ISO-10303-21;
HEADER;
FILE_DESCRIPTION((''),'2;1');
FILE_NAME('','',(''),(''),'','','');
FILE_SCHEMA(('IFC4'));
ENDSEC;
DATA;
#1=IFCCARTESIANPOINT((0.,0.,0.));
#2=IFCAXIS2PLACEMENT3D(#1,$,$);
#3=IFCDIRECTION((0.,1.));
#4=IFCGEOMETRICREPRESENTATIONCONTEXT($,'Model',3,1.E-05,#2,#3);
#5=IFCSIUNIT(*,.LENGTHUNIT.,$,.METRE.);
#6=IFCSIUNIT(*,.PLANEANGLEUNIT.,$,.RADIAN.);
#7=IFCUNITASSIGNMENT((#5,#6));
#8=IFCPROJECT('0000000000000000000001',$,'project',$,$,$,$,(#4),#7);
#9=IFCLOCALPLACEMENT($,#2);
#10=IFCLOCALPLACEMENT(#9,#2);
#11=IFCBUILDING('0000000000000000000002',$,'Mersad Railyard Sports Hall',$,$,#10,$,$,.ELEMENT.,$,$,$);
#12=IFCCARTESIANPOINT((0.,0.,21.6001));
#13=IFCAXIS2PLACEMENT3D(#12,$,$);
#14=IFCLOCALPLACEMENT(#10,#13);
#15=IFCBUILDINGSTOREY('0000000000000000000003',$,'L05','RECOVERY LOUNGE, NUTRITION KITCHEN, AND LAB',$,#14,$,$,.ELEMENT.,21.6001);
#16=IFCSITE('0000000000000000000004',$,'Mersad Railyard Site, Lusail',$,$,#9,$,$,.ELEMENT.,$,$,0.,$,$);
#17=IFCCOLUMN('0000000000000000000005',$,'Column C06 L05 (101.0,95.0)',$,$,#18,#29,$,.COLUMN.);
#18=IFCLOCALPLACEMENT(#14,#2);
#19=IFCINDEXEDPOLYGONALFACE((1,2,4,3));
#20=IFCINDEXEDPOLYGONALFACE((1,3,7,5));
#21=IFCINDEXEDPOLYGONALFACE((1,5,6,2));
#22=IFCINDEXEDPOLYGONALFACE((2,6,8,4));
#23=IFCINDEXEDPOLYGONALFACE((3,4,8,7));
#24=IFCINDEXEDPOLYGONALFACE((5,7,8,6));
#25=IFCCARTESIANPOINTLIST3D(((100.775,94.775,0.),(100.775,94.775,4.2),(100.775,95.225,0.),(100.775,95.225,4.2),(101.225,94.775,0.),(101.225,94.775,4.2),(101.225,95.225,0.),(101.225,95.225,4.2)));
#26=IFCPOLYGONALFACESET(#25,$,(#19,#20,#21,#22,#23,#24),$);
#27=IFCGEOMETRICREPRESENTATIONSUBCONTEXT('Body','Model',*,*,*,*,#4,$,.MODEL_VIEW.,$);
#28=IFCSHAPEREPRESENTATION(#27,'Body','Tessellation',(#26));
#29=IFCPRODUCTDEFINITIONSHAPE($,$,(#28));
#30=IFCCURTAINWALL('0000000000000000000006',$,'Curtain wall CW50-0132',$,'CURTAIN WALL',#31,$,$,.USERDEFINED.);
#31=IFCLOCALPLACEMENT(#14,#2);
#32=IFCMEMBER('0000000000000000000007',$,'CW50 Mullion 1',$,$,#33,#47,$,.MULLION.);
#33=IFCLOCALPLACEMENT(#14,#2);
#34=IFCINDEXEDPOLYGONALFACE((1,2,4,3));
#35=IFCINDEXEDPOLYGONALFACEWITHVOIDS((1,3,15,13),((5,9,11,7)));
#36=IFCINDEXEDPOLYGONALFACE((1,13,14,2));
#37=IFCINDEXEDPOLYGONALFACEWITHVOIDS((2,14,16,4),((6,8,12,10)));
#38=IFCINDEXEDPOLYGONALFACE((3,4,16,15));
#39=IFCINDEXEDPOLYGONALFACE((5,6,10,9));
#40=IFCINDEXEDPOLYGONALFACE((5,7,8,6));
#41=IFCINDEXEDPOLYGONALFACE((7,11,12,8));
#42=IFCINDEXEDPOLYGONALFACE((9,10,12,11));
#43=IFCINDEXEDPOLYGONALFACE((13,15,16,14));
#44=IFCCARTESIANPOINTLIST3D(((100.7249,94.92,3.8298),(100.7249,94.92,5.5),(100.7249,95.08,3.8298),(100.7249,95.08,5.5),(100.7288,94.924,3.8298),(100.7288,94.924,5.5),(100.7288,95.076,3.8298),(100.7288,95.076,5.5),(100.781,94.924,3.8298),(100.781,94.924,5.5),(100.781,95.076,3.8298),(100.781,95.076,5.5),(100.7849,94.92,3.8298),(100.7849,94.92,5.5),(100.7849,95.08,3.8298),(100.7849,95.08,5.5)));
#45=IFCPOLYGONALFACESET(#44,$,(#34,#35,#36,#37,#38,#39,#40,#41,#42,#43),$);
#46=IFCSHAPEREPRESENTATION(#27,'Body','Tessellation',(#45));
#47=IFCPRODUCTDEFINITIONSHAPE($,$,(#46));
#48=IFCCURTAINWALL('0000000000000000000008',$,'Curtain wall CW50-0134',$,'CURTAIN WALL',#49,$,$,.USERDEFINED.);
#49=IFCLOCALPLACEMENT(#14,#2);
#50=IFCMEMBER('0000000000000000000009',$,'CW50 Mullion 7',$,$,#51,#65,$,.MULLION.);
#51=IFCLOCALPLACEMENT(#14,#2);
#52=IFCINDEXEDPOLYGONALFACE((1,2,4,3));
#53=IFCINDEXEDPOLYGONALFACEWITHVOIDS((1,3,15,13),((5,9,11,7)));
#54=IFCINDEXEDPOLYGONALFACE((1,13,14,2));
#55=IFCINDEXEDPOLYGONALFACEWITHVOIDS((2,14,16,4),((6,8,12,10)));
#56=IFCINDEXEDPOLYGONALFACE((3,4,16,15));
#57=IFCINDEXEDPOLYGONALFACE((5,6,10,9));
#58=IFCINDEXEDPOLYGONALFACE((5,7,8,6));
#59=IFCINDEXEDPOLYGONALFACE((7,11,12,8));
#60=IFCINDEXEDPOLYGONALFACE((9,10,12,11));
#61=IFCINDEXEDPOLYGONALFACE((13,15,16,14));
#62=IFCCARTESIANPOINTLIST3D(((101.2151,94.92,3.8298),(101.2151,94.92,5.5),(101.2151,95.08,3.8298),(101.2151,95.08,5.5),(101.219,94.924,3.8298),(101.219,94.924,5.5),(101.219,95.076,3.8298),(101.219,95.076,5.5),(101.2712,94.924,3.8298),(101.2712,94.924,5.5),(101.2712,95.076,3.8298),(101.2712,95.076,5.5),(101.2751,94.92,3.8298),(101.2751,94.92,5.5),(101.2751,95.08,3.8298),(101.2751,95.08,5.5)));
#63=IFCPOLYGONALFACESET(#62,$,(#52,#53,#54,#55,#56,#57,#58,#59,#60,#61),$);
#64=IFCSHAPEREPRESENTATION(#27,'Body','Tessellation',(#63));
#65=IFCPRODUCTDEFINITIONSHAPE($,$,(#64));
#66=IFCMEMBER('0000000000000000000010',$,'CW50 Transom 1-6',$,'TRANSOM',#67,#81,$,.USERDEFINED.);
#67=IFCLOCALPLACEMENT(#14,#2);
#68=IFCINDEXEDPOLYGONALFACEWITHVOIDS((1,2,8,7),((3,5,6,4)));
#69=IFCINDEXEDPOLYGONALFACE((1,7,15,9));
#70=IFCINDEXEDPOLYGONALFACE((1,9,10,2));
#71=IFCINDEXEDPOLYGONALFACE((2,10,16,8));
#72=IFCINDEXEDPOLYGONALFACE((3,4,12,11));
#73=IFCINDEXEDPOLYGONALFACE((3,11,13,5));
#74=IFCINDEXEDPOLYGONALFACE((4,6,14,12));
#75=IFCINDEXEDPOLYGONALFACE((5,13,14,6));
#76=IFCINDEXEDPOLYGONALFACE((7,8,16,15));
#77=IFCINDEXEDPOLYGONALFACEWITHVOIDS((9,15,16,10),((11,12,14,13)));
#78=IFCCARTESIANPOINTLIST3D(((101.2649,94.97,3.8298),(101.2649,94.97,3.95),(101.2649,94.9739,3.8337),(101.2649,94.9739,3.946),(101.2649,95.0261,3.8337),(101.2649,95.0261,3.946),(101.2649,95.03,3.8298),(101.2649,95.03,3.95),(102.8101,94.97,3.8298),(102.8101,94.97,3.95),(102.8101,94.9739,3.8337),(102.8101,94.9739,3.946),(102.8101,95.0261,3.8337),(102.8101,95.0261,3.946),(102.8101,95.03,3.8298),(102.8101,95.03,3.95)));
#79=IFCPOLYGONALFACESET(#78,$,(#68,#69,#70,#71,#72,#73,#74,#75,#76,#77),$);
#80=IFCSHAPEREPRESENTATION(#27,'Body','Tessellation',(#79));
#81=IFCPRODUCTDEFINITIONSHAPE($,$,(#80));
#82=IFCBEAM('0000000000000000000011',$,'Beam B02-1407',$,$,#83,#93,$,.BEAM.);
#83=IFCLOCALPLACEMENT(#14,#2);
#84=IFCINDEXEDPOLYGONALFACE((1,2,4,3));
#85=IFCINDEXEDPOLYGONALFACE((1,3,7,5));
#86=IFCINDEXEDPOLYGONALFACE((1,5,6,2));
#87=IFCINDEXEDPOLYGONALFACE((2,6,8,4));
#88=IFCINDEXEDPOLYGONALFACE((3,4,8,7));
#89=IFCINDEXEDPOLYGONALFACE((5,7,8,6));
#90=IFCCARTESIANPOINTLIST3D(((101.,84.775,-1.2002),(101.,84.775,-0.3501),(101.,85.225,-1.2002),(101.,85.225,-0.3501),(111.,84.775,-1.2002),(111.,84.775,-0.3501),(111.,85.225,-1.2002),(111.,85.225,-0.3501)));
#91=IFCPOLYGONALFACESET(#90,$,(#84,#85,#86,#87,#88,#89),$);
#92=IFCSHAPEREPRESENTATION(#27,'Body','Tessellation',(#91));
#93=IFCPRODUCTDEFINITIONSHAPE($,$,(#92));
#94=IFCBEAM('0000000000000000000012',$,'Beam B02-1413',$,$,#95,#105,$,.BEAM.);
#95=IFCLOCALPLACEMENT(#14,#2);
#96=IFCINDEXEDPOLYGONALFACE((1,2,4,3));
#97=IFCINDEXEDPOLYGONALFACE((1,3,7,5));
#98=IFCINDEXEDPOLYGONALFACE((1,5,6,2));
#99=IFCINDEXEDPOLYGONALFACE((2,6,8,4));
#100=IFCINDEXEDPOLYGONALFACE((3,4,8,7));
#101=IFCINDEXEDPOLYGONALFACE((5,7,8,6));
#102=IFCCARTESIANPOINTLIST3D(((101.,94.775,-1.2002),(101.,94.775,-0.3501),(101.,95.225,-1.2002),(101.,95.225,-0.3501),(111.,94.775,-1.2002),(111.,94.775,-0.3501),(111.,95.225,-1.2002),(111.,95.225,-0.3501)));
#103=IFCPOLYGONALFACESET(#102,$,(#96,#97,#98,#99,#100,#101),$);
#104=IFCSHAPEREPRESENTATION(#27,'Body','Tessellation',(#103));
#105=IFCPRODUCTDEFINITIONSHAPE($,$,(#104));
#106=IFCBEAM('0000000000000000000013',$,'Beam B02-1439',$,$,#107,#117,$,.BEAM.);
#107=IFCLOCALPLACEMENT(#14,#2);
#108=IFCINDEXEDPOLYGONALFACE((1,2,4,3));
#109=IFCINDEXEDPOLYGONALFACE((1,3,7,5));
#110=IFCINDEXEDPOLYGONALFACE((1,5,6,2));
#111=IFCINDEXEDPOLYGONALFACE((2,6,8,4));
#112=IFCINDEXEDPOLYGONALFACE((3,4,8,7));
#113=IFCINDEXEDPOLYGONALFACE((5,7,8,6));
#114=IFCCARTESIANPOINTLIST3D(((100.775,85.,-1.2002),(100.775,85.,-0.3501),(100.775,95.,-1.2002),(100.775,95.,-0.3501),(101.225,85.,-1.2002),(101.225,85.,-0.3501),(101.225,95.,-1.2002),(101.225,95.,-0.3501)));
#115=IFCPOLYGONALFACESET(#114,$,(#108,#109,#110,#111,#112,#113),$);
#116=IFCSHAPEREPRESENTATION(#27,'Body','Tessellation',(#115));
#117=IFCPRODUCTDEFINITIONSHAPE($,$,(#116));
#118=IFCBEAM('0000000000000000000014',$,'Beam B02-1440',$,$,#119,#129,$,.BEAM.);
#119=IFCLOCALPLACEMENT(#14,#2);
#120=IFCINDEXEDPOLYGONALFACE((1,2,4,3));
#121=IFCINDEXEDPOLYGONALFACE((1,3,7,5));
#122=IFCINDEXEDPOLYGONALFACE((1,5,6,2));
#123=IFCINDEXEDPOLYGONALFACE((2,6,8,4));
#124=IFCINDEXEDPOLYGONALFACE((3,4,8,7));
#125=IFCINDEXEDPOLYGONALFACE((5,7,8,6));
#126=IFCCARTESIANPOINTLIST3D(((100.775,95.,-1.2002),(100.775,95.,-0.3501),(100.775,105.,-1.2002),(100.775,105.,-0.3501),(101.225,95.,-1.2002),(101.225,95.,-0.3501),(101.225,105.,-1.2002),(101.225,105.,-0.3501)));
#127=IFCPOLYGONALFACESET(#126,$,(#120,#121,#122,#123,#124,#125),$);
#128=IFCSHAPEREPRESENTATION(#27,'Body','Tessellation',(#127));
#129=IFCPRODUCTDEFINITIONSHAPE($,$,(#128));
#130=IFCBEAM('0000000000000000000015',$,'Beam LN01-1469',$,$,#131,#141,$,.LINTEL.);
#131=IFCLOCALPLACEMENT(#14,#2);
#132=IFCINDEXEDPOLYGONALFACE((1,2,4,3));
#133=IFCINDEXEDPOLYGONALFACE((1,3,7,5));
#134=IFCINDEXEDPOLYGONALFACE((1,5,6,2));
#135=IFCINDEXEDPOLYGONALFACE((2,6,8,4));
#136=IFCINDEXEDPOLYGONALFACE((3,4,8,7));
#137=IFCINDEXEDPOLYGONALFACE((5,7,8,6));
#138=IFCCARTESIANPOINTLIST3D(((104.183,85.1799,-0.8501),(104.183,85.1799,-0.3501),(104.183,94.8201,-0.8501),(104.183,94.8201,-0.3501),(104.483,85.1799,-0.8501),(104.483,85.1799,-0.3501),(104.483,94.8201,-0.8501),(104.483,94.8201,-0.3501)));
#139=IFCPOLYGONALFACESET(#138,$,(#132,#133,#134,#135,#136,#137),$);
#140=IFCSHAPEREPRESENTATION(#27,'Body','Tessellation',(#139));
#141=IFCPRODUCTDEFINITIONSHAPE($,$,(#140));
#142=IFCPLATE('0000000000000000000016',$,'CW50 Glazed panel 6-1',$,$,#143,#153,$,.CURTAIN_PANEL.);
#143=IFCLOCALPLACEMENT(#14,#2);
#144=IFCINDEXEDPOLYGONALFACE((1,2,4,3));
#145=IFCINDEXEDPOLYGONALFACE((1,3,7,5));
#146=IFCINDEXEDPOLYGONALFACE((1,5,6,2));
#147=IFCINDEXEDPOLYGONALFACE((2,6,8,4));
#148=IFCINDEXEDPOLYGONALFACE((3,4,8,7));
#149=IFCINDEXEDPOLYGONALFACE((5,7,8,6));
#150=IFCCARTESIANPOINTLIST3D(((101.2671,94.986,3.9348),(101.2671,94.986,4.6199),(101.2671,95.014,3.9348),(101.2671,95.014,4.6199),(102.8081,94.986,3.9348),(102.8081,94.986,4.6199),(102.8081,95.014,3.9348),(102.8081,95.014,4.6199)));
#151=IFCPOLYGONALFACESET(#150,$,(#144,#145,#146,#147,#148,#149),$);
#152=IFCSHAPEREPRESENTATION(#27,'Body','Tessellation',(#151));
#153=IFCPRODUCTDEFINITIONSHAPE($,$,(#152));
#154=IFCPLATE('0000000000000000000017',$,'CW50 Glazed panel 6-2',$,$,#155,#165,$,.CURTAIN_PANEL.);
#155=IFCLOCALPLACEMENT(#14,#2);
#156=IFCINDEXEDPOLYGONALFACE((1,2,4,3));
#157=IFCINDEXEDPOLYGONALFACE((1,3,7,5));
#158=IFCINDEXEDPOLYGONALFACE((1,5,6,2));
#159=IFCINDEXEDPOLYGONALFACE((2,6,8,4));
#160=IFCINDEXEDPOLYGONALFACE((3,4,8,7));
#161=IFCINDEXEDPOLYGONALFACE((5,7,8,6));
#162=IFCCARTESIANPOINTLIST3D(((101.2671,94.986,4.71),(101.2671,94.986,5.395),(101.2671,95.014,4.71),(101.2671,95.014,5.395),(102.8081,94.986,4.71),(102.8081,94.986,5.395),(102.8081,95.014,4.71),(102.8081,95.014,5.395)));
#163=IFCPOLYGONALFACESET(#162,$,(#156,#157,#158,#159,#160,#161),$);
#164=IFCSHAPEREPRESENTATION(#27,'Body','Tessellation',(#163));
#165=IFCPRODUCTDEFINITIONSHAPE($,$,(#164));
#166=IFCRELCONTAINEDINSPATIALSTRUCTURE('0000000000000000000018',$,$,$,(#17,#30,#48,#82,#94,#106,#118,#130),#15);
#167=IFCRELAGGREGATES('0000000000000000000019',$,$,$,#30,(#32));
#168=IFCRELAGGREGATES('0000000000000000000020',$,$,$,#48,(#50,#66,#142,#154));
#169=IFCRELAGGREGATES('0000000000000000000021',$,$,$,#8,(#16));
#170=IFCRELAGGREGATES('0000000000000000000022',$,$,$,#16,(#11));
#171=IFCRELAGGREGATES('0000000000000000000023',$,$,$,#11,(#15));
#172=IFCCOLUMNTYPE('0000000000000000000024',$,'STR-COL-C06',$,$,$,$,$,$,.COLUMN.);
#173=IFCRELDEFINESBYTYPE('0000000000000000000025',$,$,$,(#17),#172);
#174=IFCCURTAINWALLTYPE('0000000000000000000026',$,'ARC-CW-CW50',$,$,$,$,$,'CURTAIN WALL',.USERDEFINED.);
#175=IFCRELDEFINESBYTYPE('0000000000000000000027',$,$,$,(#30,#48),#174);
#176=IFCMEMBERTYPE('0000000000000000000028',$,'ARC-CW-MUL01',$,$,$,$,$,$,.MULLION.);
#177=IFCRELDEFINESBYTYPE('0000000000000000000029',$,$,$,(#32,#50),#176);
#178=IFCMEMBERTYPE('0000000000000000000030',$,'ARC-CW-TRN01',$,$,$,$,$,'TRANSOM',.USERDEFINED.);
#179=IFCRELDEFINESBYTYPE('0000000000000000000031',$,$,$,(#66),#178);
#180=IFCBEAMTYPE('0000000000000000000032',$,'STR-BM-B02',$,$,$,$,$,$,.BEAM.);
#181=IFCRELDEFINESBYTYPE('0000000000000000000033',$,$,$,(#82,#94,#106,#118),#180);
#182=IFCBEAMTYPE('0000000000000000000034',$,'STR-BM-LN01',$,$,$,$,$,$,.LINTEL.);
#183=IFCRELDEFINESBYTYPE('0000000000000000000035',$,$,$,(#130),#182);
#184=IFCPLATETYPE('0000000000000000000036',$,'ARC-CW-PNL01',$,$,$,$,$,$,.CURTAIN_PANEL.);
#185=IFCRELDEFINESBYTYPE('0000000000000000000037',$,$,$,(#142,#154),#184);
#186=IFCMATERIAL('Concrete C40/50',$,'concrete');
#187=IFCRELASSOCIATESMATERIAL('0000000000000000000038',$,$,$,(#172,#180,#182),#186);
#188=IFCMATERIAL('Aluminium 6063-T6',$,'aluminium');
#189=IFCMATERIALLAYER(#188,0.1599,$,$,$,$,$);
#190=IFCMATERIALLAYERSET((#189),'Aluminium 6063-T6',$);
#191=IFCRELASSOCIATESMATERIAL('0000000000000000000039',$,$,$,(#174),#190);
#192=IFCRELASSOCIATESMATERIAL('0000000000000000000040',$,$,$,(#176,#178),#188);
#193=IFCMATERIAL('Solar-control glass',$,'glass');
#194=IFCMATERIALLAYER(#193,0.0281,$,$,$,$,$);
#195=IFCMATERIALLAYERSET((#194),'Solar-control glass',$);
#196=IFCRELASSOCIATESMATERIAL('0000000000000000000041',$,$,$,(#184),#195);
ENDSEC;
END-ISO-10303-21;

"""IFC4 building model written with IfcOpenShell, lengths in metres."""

from ifc_helpers import new_model, si_unit, direction, frame, origin, origin_2d, place, context, subcontext, project, spatial, rectangle, hollow_rectangle, extrude, material, layer, layer_set, material_profile, profile_set, type_object, element, aggregate, save


model = new_model("IFC4")

# Units and contexts
model_context = context("Model", 3, precision=1e-05, world=origin(), true_north=direction((0.0, 1.0)))
body_context = subcontext(model_context, "Body", "Model", "MODEL_VIEW")
ifc_project = project(units=[si_unit("LENGTHUNIT", "METRE"), si_unit("PLANEANGLEUNIT", "RADIAN")], contexts=[model_context])

# Site, building, storey
site_placement = place(None, origin())
site = spatial("IfcSite", under=ifc_project, at=site_placement, Name="Mersad Railyard Site, Lusail", CompositionType="ELEMENT", RefElevation=0.0)
building_placement = place(site_placement, origin())
building = spatial("IfcBuilding", under=site, at=building_placement, Name="Mersad Railyard Sports Hall", CompositionType="ELEMENT")
storey_placement = place(building_placement, frame((0.0, 0.0, 21.6001)))
storey = spatial("IfcBuildingStorey", under=building, at=storey_placement, Name="L05", Description="RECOVERY LOUNGE, NUTRITION KITCHEN, AND LAB", CompositionType="ELEMENT", Elevation=21.6001)

# Column
ifc_material_1 = material(Name="Concrete C40/50", Category="concrete")
ifc_material_profile_1 = material_profile(ifc_material_1, rectangle(XDim=0.45, YDim=0.45, at=origin_2d()), Name="RC 450x450")
ifc_profile_set_1 = profile_set([ifc_material_profile_1], Name="Concrete C40/50")
column_type = type_object("IfcColumnType", Name="STR-COL-C06", PredefinedType="COLUMN", material=ifc_profile_set_1)
column_placement = place(storey_placement, frame((101.0, 95.0, 0.0), z_axis=(0.0, 0.0, 1.0), x_axis=(1.0, 0.0, 0.0)))
element("IfcColumn", 1, at=column_placement, inside=storey, type_object=column_type, Name="Column C06 L05 (101.0,95.0)", PredefinedType="COLUMN", context=body_context, shape_type="SweptSolid", body=[
    extrude(rectangle(XDim=0.45, YDim=0.45, at=origin_2d()), origin(), (0.0, 0.0, 1.0), 4.2),
])

# Curtain wall, member
ifc_material_2 = material(Name="Aluminium 6063-T6", Category="aluminium")
ifc_layer_1 = layer(ifc_material_2, 0.1599)
ifc_layer_set_1 = layer_set([ifc_layer_1], Name="Aluminium 6063-T6")
curtain_wall_type = type_object("IfcCurtainWallType", Name="ARC-CW-CW50", ElementType="CURTAIN WALL", PredefinedType="USERDEFINED", material=ifc_layer_set_1)
curtain_wall_1_placement = place(storey_placement, origin())
curtain_wall_1 = element("IfcCurtainWall", 2, at=curtain_wall_1_placement, inside=storey, type_object=curtain_wall_type, Name="Curtain wall CW50-0132", ObjectType="CURTAIN WALL", PredefinedType="USERDEFINED")
ifc_material_profile_2 = material_profile(ifc_material_2, hollow_rectangle(XDim=0.0601, YDim=0.1599, WallThickness=0.0039, at=origin_2d()), Name="AL MULLION 60x160x4")
ifc_profile_set_2 = profile_set([ifc_material_profile_2], Name="Aluminium 6063-T6")
member_type_1 = type_object("IfcMemberType", Name="ARC-CW-MUL01", PredefinedType="MULLION", material=ifc_profile_set_2)
member_1_placement = place(storey_placement, frame((100.7549, 95.0, 3.8298), z_axis=(0.0, 0.0, 1.0), x_axis=(1.0, 0.0, 0.0)))
member_1 = element("IfcMember", 3, at=member_1_placement, type_object=member_type_1, Name="CW50 Mullion 1", PredefinedType="MULLION", context=body_context, shape_type="SweptSolid", body=[
    extrude(hollow_rectangle(XDim=0.0601, YDim=0.1599, WallThickness=0.0039, at=origin_2d()), origin(), (0.0, 0.0, 1.0), 1.6702),
])
aggregate(curtain_wall_1, [member_1])

# Curtain wall, members
curtain_wall_2_placement = place(storey_placement, origin())
curtain_wall_2 = element("IfcCurtainWall", 4, at=curtain_wall_2_placement, inside=storey, type_object=curtain_wall_type, Name="Curtain wall CW50-0134", ObjectType="CURTAIN WALL", PredefinedType="USERDEFINED")
member_2_placement = place(storey_placement, frame((101.2451, 95.0, 3.8298), z_axis=(0.0, 0.0, 1.0), x_axis=(1.0, 0.0, 0.0)))
member_2 = element("IfcMember", 5, at=member_2_placement, type_object=member_type_1, Name="CW50 Mullion 7", PredefinedType="MULLION", context=body_context, shape_type="SweptSolid", body=[
    extrude(hollow_rectangle(XDim=0.0601, YDim=0.1599, WallThickness=0.0039, at=origin_2d()), origin(), (0.0, 0.0, 1.0), 1.6702),
])
ifc_material_profile_3 = material_profile(ifc_material_2, hollow_rectangle(XDim=0.0601, YDim=0.1201, WallThickness=0.0039, at=origin_2d()), Name="AL TRANSOM 60x120x4")
ifc_profile_set_3 = profile_set([ifc_material_profile_3], Name="Aluminium 6063-T6")
member_type_2 = type_object("IfcMemberType", Name="ARC-CW-TRN01", ElementType="TRANSOM", PredefinedType="USERDEFINED", material=ifc_profile_set_3)
member_3_placement = place(storey_placement, frame((102.8101, 95.0, 3.8899), z_axis=(-1.0, 0.0, 0.0), x_axis=(0.0, -1.0, 0.0)))
member_3 = element("IfcMember", 6, at=member_3_placement, type_object=member_type_2, Name="CW50 Transom 1-6", ObjectType="TRANSOM", PredefinedType="USERDEFINED", context=body_context, shape_type="SweptSolid", body=[
    extrude(hollow_rectangle(XDim=0.0601, YDim=0.1201, WallThickness=0.0039, at=origin_2d()), origin(), (0.0, 0.0, 1.0), 1.5452),
])

# Beams
ifc_material_profile_4 = material_profile(ifc_material_1, rectangle(XDim=0.45, YDim=0.8501, at=origin_2d()), Name="RC 450x850")
ifc_profile_set_4 = profile_set([ifc_material_profile_4], Name="Concrete C40/50")
beam_type_1 = type_object("IfcBeamType", Name="STR-BM-B02", PredefinedType="BEAM", material=ifc_profile_set_4)
for number, where, z_axis, x_axis, name in (
    (7, (101.0, 85.0, -0.7751), (1.0, 0.0, 0.0), (0.0, 1.0, 0.0), "Beam B02-1407"),
    (8, (101.0, 95.0, -0.7751), (1.0, 0.0, 0.0), (0.0, 1.0, 0.0), "Beam B02-1413"),
    (9, (101.0, 85.0, -0.7751), (0.0, 1.0, 0.0), (-1.0, 0.0, 0.0), "Beam B02-1439"),
    (10, (101.0, 95.0, -0.7751), (0.0, 1.0, 0.0), (-1.0, 0.0, 0.0), "Beam B02-1440"),
):
    element("IfcBeam", number, at=place(storey_placement, frame(where, z_axis=z_axis, x_axis=x_axis)), inside=storey, type_object=beam_type_1, Name=name, PredefinedType="BEAM", context=body_context, shape_type="SweptSolid", body=[
        extrude(rectangle(XDim=0.45, YDim=0.8501, at=origin_2d()), origin(), (0.0, 0.0, 1.0), 10.0),
    ])
ifc_material_profile_5 = material_profile(ifc_material_1, rectangle(XDim=0.3, YDim=0.5, at=origin_2d()), Name="RC 300x500")
ifc_profile_set_5 = profile_set([ifc_material_profile_5], Name="Concrete C40/50")
beam_type_2 = type_object("IfcBeamType", Name="STR-BM-LN01", PredefinedType="LINTEL", material=ifc_profile_set_5)
beam_placement = place(storey_placement, frame((104.333, 85.1799, -0.6001), z_axis=(0.0, 1.0, 0.0), x_axis=(-1.0, 0.0, 0.0)))
element("IfcBeam", 11, at=beam_placement, inside=storey, type_object=beam_type_2, Name="Beam LN01-1469", PredefinedType="LINTEL", context=body_context, shape_type="SweptSolid", body=[
    extrude(rectangle(XDim=0.3, YDim=0.5, at=origin_2d()), origin(), (0.0, 0.0, 1.0), 9.6401),
])

# Plates
ifc_material_3 = material(Name="Solar-control glass", Category="glass")
ifc_layer_2 = layer(ifc_material_3, 0.0281)
ifc_layer_set_2 = layer_set([ifc_layer_2], Name="Solar-control glass")
plate_type = type_object("IfcPlateType", Name="ARC-CW-PNL01", PredefinedType="CURTAIN_PANEL", material=ifc_layer_set_2)
plate_1_placement = place(storey_placement, frame((102.0376, 95.0, 3.9348), z_axis=(0.0, 0.0, 1.0), x_axis=(-1.0, 0.0, 0.0)))
plate_1 = element("IfcPlate", 12, at=plate_1_placement, type_object=plate_type, Name="CW50 Glazed panel 6-1", PredefinedType="CURTAIN_PANEL", context=body_context, shape_type="SweptSolid", body=[
    extrude(rectangle(XDim=1.541, YDim=0.0281, at=origin_2d()), origin(), (0.0, 0.0, 1.0), 0.6851),
])
plate_2_placement = place(storey_placement, frame((102.0376, 95.0, 4.71), z_axis=(0.0, 0.0, 1.0), x_axis=(-1.0, 0.0, 0.0)))
plate_2 = element("IfcPlate", 13, at=plate_2_placement, type_object=plate_type, Name="CW50 Glazed panel 6-2", PredefinedType="CURTAIN_PANEL", context=body_context, shape_type="SweptSolid", body=[
    extrude(rectangle(XDim=1.541, YDim=0.0281, at=origin_2d()), origin(), (0.0, 0.0, 1.0), 0.6851),
])
aggregate(curtain_wall_2, [member_2, member_3, plate_1, plate_2])

save(model, "model.ifc")
